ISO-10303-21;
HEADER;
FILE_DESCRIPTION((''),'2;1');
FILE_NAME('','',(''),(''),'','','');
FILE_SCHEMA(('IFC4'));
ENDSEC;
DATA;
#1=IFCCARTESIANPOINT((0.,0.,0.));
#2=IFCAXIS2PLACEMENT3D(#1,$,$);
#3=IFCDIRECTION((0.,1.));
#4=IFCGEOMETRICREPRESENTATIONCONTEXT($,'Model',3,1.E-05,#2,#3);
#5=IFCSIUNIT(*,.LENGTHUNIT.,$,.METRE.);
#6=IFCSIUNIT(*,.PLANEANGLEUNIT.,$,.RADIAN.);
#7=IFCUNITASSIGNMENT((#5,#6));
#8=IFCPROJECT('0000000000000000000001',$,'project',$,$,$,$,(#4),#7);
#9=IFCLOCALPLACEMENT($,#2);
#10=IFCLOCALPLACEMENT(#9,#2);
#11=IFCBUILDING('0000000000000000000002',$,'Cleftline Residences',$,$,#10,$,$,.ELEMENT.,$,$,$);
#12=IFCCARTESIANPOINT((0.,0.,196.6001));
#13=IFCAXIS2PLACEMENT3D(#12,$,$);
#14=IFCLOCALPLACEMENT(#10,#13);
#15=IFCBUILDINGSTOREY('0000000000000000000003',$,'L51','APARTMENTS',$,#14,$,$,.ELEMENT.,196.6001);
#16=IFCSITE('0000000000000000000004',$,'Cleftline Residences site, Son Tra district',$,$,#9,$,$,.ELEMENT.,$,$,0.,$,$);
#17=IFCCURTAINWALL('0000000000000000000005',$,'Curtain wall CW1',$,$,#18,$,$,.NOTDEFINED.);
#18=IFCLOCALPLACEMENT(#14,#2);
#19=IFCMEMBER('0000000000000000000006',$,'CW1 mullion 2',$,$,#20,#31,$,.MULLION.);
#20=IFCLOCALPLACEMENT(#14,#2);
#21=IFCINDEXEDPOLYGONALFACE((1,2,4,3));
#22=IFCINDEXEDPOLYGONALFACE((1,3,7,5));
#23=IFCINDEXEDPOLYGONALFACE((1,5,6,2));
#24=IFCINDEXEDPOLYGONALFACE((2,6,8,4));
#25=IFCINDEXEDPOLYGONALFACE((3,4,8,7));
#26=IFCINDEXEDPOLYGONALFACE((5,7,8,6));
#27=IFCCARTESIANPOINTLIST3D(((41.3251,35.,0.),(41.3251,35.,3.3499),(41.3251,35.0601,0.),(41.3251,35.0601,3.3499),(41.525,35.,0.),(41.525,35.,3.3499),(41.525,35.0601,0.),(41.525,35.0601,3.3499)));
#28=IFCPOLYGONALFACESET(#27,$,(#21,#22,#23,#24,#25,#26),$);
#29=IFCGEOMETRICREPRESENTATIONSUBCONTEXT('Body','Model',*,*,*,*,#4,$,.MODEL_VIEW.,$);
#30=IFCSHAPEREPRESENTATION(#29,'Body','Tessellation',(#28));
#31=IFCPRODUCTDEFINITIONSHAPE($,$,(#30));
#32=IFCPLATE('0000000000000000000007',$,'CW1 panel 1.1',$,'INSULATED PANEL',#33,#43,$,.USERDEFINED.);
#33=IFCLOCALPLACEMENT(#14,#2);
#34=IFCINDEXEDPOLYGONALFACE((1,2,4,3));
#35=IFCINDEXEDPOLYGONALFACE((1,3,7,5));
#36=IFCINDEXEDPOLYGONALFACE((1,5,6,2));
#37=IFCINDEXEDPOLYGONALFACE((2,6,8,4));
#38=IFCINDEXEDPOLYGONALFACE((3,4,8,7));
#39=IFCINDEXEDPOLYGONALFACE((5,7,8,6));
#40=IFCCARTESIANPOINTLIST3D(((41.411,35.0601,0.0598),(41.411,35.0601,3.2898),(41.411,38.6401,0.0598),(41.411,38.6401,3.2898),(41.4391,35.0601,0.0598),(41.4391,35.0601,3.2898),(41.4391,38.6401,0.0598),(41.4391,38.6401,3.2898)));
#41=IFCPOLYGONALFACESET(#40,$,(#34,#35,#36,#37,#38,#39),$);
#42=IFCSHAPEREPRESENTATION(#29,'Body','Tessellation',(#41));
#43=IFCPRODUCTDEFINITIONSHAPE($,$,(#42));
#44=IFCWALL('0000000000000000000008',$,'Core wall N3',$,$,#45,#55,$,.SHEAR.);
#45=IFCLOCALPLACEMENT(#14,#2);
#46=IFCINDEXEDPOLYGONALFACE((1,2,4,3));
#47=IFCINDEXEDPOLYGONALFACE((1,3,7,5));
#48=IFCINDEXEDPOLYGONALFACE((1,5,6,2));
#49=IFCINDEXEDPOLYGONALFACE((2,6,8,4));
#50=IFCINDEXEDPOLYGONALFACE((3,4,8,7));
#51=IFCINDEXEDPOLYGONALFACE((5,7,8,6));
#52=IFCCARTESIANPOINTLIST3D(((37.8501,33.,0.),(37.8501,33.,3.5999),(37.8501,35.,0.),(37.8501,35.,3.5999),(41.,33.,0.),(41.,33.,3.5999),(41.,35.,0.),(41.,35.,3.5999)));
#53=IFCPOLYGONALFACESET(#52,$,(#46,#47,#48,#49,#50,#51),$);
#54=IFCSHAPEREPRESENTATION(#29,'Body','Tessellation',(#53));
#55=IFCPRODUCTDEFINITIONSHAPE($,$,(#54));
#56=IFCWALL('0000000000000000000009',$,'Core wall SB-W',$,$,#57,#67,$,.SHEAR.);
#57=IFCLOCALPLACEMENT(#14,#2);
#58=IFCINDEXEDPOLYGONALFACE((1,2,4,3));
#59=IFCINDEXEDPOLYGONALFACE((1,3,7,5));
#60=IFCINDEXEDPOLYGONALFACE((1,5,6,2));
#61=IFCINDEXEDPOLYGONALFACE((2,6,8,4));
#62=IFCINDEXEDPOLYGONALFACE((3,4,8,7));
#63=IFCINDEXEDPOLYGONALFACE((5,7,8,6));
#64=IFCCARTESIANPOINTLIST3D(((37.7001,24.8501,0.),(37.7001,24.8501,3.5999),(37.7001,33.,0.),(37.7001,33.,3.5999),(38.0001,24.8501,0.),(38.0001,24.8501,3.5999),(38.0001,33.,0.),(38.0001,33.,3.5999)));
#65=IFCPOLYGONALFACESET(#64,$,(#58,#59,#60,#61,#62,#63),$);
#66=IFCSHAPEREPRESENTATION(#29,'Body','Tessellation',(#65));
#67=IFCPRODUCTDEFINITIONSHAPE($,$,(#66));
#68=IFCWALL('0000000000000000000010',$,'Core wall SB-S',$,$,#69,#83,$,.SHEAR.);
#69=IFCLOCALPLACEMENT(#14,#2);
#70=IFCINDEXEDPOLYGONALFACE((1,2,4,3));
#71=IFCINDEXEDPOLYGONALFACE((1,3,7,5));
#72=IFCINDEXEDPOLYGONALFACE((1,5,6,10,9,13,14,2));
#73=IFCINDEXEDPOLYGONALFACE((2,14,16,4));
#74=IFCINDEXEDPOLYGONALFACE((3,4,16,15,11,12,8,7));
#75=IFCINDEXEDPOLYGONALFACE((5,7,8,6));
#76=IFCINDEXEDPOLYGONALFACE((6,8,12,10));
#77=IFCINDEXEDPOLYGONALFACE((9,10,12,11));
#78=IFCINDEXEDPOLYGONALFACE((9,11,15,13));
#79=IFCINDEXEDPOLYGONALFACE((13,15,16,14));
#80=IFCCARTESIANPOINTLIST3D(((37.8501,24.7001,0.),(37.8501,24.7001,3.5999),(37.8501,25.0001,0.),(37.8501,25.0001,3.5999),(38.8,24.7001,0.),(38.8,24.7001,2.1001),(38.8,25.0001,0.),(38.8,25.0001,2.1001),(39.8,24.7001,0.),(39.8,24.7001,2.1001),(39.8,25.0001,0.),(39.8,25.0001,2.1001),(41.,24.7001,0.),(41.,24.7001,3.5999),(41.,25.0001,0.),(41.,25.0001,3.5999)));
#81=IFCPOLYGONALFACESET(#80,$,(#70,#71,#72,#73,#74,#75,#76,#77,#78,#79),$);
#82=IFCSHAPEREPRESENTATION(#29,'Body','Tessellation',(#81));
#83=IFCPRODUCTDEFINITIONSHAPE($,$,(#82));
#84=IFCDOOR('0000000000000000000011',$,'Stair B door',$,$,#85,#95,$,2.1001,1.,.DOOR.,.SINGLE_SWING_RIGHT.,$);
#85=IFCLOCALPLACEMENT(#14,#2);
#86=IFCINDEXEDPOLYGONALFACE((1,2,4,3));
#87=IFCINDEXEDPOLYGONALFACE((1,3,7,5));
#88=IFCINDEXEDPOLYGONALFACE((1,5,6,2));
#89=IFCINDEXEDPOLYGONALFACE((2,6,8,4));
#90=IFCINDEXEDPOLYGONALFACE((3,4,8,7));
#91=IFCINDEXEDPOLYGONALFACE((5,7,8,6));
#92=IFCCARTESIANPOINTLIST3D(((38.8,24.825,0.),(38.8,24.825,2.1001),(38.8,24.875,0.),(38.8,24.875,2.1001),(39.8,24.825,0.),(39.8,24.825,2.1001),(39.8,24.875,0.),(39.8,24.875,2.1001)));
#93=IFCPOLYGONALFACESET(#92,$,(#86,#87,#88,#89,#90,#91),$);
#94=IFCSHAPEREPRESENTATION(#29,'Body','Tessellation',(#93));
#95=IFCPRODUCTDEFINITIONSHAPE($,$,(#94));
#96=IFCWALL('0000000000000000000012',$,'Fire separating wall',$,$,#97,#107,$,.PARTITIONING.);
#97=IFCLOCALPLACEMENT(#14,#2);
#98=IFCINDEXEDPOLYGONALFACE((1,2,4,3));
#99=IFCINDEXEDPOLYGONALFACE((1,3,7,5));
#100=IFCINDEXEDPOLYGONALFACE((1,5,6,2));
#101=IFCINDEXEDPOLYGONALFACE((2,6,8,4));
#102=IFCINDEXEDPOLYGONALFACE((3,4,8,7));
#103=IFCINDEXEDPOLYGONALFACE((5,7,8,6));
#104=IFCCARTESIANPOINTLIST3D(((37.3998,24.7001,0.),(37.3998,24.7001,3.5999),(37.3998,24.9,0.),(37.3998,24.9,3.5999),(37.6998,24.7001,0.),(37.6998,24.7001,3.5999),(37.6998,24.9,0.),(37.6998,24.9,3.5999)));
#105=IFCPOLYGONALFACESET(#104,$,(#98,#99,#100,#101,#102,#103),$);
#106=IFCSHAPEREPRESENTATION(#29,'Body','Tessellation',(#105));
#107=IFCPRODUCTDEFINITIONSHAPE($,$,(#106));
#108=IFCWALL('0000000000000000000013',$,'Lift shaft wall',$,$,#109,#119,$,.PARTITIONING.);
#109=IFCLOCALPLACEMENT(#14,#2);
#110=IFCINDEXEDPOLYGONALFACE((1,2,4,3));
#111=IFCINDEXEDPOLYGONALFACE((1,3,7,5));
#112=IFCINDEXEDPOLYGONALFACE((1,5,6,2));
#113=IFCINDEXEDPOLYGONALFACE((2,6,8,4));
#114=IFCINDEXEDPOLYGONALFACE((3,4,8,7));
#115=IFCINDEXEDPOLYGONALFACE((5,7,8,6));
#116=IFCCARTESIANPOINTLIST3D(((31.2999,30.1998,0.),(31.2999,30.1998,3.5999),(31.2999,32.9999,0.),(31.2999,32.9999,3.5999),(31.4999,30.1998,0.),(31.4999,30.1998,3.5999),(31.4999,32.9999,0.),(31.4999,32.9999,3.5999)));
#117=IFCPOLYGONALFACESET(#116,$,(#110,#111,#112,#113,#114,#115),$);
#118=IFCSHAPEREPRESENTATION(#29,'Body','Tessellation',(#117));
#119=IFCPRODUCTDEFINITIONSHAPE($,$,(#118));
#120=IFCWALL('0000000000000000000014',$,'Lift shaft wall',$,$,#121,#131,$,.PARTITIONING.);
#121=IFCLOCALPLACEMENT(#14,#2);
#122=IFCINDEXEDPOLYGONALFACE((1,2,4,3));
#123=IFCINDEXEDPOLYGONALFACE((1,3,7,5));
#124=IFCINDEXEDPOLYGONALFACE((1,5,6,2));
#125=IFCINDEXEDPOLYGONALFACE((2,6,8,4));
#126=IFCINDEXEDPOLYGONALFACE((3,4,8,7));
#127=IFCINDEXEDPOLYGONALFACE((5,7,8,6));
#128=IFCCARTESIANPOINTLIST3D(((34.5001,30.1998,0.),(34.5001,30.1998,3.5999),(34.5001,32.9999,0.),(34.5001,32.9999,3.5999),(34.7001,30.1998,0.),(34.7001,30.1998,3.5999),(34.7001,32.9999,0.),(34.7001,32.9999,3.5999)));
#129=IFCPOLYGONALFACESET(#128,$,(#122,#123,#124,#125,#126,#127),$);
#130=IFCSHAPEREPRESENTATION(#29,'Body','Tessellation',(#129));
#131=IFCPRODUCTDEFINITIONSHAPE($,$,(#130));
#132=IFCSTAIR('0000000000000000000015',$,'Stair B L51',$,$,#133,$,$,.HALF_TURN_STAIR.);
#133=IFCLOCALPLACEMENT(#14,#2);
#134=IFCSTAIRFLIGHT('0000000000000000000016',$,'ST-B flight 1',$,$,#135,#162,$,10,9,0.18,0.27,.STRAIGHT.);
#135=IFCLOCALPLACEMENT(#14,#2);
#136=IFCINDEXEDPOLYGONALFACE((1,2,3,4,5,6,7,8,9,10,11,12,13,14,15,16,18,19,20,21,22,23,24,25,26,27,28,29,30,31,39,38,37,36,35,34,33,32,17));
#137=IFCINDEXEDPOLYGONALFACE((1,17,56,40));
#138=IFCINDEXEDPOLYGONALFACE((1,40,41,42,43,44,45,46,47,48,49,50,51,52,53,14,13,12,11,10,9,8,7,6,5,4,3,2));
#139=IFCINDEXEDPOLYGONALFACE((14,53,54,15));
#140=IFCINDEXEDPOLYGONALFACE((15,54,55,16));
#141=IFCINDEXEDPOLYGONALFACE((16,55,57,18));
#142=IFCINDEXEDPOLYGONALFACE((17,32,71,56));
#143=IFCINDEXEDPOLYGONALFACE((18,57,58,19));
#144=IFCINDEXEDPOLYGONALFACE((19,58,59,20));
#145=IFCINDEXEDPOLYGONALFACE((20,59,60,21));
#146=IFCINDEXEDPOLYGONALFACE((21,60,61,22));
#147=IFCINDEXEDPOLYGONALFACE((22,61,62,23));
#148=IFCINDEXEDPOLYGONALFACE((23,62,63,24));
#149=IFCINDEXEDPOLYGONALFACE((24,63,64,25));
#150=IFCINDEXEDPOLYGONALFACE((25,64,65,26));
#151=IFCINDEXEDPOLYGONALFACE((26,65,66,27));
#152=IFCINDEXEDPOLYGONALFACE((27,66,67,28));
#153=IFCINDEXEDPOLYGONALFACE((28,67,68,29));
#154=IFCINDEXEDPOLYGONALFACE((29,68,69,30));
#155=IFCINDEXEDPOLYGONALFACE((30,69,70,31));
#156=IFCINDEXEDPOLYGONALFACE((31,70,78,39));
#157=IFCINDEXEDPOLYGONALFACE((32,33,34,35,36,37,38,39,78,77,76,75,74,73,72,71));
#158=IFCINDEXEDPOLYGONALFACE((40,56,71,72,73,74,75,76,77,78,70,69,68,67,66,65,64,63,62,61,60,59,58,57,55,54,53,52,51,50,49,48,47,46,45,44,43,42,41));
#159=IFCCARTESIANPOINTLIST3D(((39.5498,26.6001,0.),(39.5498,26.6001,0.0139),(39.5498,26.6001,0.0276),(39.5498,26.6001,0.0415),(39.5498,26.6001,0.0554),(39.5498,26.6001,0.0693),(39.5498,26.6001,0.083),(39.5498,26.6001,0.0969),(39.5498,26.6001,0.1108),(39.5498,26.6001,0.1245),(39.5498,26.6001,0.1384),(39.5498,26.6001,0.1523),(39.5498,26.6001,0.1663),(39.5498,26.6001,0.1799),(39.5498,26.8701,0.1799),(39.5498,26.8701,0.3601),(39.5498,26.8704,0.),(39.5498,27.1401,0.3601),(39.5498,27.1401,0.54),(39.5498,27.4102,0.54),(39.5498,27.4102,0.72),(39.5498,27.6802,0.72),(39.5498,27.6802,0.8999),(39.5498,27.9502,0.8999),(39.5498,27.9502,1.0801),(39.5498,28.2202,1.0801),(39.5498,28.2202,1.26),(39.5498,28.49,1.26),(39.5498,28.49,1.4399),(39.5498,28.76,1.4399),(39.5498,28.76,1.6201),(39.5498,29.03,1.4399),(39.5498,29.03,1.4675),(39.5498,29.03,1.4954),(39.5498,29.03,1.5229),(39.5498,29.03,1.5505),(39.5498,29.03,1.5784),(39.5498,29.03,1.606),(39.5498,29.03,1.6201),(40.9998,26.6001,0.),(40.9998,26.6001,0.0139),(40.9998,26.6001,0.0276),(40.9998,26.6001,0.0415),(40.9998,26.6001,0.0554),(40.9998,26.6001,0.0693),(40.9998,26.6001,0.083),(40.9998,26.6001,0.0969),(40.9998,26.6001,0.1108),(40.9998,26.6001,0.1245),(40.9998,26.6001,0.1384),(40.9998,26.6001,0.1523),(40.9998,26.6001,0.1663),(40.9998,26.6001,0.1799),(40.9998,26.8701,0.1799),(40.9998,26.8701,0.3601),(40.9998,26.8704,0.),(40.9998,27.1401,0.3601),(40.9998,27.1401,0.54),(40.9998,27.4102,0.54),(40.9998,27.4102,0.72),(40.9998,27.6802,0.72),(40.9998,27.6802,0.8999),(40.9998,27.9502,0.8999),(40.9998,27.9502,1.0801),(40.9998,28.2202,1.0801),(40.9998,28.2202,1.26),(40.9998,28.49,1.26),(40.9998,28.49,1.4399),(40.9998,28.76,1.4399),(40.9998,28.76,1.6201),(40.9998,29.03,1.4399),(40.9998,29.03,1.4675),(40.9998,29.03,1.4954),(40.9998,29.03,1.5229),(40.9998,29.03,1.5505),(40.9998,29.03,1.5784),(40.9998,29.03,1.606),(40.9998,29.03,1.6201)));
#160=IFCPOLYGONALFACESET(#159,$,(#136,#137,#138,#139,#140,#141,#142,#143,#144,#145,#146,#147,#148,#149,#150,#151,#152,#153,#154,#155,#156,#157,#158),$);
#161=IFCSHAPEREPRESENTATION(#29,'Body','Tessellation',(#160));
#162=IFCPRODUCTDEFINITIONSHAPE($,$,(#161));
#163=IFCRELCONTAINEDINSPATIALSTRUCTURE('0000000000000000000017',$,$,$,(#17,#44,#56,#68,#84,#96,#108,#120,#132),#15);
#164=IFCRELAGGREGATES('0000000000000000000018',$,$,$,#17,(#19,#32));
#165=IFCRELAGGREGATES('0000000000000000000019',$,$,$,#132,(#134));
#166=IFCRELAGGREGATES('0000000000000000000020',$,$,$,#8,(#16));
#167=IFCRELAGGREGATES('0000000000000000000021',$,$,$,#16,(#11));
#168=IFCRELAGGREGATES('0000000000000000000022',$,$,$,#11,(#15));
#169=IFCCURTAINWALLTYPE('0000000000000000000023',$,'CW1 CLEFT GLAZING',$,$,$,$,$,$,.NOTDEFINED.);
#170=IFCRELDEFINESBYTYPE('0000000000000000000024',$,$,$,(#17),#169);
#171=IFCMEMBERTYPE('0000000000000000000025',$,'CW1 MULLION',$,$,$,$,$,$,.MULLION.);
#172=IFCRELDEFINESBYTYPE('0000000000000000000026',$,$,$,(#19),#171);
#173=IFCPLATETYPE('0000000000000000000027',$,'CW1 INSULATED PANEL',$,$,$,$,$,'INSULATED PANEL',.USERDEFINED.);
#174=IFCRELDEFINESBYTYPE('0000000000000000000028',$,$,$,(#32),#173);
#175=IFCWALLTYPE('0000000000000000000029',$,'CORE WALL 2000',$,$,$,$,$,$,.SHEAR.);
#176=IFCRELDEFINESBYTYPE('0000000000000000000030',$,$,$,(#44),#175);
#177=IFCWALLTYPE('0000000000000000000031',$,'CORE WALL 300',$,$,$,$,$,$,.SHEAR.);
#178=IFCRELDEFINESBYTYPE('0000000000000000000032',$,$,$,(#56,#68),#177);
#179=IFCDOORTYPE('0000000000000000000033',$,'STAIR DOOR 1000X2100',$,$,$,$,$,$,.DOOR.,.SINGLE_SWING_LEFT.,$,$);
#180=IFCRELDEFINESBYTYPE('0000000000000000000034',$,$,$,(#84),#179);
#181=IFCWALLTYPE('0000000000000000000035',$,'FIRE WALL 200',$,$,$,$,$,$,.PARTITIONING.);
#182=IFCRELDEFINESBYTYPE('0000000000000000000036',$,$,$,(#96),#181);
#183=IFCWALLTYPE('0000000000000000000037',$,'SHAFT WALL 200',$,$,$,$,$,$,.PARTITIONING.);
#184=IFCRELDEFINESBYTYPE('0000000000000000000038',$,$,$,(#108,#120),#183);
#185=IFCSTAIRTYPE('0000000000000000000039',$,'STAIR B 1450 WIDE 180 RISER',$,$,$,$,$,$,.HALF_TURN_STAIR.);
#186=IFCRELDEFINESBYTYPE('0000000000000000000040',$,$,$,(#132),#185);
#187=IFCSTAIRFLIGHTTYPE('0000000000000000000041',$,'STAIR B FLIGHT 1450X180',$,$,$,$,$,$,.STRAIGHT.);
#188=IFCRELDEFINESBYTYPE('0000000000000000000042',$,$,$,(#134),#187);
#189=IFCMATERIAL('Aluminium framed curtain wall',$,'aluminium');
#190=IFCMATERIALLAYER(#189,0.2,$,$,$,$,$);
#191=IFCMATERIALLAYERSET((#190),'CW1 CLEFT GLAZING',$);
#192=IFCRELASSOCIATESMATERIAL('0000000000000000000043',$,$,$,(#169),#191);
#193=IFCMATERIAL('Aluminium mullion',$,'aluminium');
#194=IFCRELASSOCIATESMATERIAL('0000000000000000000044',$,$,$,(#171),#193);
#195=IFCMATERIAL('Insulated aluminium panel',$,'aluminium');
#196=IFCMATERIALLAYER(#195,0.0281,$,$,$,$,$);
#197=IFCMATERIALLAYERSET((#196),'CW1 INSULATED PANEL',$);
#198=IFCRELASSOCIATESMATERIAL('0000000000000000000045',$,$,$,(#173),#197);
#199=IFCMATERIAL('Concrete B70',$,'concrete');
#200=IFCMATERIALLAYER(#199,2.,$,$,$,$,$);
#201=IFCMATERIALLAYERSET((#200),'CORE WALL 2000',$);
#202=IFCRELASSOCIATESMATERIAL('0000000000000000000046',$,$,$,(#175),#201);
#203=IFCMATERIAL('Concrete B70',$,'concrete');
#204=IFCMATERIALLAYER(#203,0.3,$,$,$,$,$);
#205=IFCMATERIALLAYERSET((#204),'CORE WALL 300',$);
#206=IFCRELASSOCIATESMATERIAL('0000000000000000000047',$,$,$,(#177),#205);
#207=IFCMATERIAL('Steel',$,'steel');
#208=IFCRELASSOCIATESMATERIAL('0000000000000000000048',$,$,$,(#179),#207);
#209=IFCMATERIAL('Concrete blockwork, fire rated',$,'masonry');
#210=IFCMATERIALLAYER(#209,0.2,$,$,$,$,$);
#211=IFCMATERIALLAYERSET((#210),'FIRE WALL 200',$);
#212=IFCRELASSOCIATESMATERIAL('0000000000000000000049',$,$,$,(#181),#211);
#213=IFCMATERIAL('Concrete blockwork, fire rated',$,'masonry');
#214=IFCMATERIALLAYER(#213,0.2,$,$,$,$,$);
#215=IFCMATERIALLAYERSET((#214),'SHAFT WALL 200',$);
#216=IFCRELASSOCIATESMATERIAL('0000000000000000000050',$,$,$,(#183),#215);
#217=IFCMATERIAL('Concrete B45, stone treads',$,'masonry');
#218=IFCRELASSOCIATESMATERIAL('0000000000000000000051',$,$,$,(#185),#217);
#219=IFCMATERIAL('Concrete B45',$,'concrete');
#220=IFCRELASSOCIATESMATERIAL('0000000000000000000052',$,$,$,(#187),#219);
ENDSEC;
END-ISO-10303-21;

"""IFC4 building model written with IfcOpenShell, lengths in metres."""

from ifc_helpers import new_model, si_unit, direction, frame, frame_2d, origin, origin_2d, place, context, subcontext, project, spatial, polyline, rectangle, outline, extrude, material, layer, layer_set, material_profile, profile_set, type_object, element, fill, aggregate, save


model = new_model("IFC4")

# Units and contexts
model_context = context("Model", 3, precision=1e-05, world=origin(), true_north=direction((0.0, 1.0)))
body_context = subcontext(model_context, "Body", "Model", "MODEL_VIEW")
ifc_project = project(units=[si_unit("LENGTHUNIT", "METRE"), si_unit("PLANEANGLEUNIT", "RADIAN")], contexts=[model_context])

# Site, building, storey
site_placement = place(None, origin())
site = spatial("IfcSite", under=ifc_project, at=site_placement, Name="Cleftline Residences site, Son Tra district", CompositionType="ELEMENT", RefElevation=0.0)
building_placement = place(site_placement, origin())
building = spatial("IfcBuilding", under=site, at=building_placement, Name="Cleftline Residences", CompositionType="ELEMENT")
storey_placement = place(building_placement, frame((0.0, 0.0, 196.6001)))
storey = spatial("IfcBuildingStorey", under=building, at=storey_placement, Name="L51", Description="APARTMENTS", CompositionType="ELEMENT", Elevation=196.6001)

# Curtain wall, member, plate
ifc_material_1 = material(Name="Aluminium framed curtain wall", Category="aluminium")
ifc_layer_1 = layer(ifc_material_1, 0.2)
ifc_layer_set_1 = layer_set([ifc_layer_1], Name="CW1 CLEFT GLAZING")
curtain_wall_type = type_object("IfcCurtainWallType", Name="CW1 CLEFT GLAZING", PredefinedType="NOTDEFINED", material=ifc_layer_set_1)
curtain_wall_placement = place(storey_placement, origin())
curtain_wall = element("IfcCurtainWall", 1, at=curtain_wall_placement, inside=storey, type_object=curtain_wall_type, Name="Curtain wall CW1", PredefinedType="NOTDEFINED")
ifc_material_2 = material(Name="Aluminium mullion", Category="aluminium")
ifc_material_profile = material_profile(ifc_material_2, rectangle(XDim=0.2, YDim=0.0601, at=origin_2d()))
ifc_profile_set = profile_set([ifc_material_profile], Name="Aluminium mullion")
member_type = type_object("IfcMemberType", Name="CW1 MULLION", PredefinedType="MULLION", material=ifc_profile_set)
member_placement = place(storey_placement, frame((41.425, 35.03, 0.0), z_axis=(0.0, 0.0, 1.0), x_axis=(1.0, 0.0, 0.0)))
member = element("IfcMember", 2, at=member_placement, type_object=member_type, Name="CW1 mullion 2", PredefinedType="MULLION", context=body_context, shape_type="SweptSolid", body=[
    extrude(rectangle(XDim=0.2, YDim=0.0601, at=origin_2d()), origin(), (0.0, 0.0, 1.0), 3.3499),
])
ifc_material_3 = material(Name="Insulated aluminium panel", Category="aluminium")
ifc_layer_2 = layer(ifc_material_3, 0.0281)
ifc_layer_set_2 = layer_set([ifc_layer_2], Name="CW1 INSULATED PANEL")
plate_type = type_object("IfcPlateType", Name="CW1 INSULATED PANEL", ElementType="INSULATED PANEL", PredefinedType="USERDEFINED", material=ifc_layer_set_2)
plate_placement = place(storey_placement, frame((41.425, 36.8501, 0.0598), z_axis=(0.0, 0.0, 1.0), x_axis=(0.0, -1.0, 0.0)))
plate = element("IfcPlate", 3, at=plate_placement, type_object=plate_type, Name="CW1 panel 1.1", ObjectType="INSULATED PANEL", PredefinedType="USERDEFINED", context=body_context, shape_type="SweptSolid", body=[
    extrude(rectangle(XDim=3.5801, YDim=0.0281, at=origin_2d()), origin(), (0.0, 0.0, 1.0), 3.23),
])
aggregate(curtain_wall, [member, plate])

# Walls
ifc_material_4 = material(Name="Concrete B70", Category="concrete")
ifc_layer_3 = layer(ifc_material_4, 2.0)
ifc_layer_set_3 = layer_set([ifc_layer_3], Name="CORE WALL 2000")
wall_type_1 = type_object("IfcWallType", Name="CORE WALL 2000", PredefinedType="SHEAR", material=ifc_layer_set_3)
wall_1_placement = place(storey_placement, frame((37.8501, 34.0, 0.0), z_axis=(0.0, 0.0, 1.0), x_axis=(1.0, 0.0, 0.0)))
element("IfcWall", 4, at=wall_1_placement, inside=storey, type_object=wall_type_1, Name="Core wall N3", PredefinedType="SHEAR", context=body_context, shape_type="SweptSolid", body=[
    extrude(rectangle(XDim=3.1499, YDim=2.0, at=frame_2d((1.575, 0.0))), origin(), (0.0, 0.0, 1.0), 3.5999),
])
ifc_material_5 = material(Name="Concrete B70", Category="concrete")
ifc_layer_4 = layer(ifc_material_5, 0.3)
ifc_layer_set_4 = layer_set([ifc_layer_4], Name="CORE WALL 300")
wall_type_2 = type_object("IfcWallType", Name="CORE WALL 300", PredefinedType="SHEAR", material=ifc_layer_set_4)
wall_2_placement = place(storey_placement, frame((37.8501, 24.8501, 0.0), z_axis=(0.0, 0.0, 1.0), x_axis=(0.0, 1.0, 0.0)))
element("IfcWall", 5, at=wall_2_placement, inside=storey, type_object=wall_type_2, Name="Core wall SB-W", PredefinedType="SHEAR", context=body_context, shape_type="SweptSolid", body=[
    extrude(rectangle(XDim=8.1499, YDim=0.3, at=frame_2d((4.075, 0.0))), origin(), (0.0, 0.0, 1.0), 3.5999),
])

# Wall, opening, door
wall_3_placement = place(storey_placement, frame((37.8501, 24.8501, 0.0), z_axis=(0.0, 0.0, 1.0), x_axis=(1.0, 0.0, 0.0)))
wall_3 = element("IfcWall", 6, at=wall_3_placement, inside=storey, type_object=wall_type_2, Name="Core wall SB-S", PredefinedType="SHEAR", context=body_context, shape_type="SweptSolid", body=[
    extrude(rectangle(XDim=3.1499, YDim=0.3, at=frame_2d((1.575, 0.0))), origin(), (0.0, 0.0, 1.0), 3.5999),
])
opening_placement = place(wall_3_placement, frame((0.95, 0.0, 0.0)))
opening = element("IfcOpeningElement", 7, at=opening_placement, cuts=wall_3, PredefinedType="OPENING", context=body_context, shape_type="SweptSolid", body=[
    extrude(rectangle(XDim=1.0, YDim=2.1001, at=frame_2d((0.5, 1.05))), frame((0.0, 0.1599, 0.0), z_axis=(0.0, -1.0, 0.0), x_axis=(1.0, 0.0, 0.0)), (0.0, 0.0, 1.0), 0.3201),
])
ifc_material_6 = material(Name="Steel", Category="steel")
door_type = type_object("IfcDoorType", Name="STAIR DOOR 1000X2100", OperationType="SINGLE_SWING_LEFT", PredefinedType="DOOR", material=ifc_material_6)
door_placement = place(opening_placement, origin())
door = element("IfcDoor", 8, at=door_placement, inside=storey, type_object=door_type, Name="Stair B door", OperationType="SINGLE_SWING_RIGHT", OverallHeight=2.1001, OverallWidth=1.0, PredefinedType="DOOR", context=body_context, shape_type="SweptSolid", body=[
    extrude(rectangle(XDim=1.0, YDim=2.1001, at=frame_2d((0.5, 1.05))), frame((0.0, 0.0249, 0.0), z_axis=(0.0, -1.0, 0.0), x_axis=(1.0, 0.0, 0.0)), (0.0, 0.0, 1.0), 0.05),
])
fill(opening, door)

# Walls
ifc_material_7 = material(Name="Concrete blockwork, fire rated", Category="masonry")
ifc_layer_5 = layer(ifc_material_7, 0.2)
ifc_layer_set_5 = layer_set([ifc_layer_5], Name="FIRE WALL 200")
wall_type_3 = type_object("IfcWallType", Name="FIRE WALL 200", PredefinedType="PARTITIONING", material=ifc_layer_set_5)
wall_4_placement = place(storey_placement, frame((37.3999, 24.8, 0.0), z_axis=(0.0, 0.0, 1.0), x_axis=(1.0, 0.0, 0.0)))
element("IfcWall", 9, at=wall_4_placement, inside=storey, type_object=wall_type_3, Name="Fire separating wall", PredefinedType="PARTITIONING", context=body_context, shape_type="SweptSolid", body=[
    extrude(rectangle(XDim=0.3, YDim=0.2, at=frame_2d((0.1499, 0.0))), origin(), (0.0, 0.0, 1.0), 3.5999),
])
ifc_material_8 = material(Name="Concrete blockwork, fire rated", Category="masonry")
ifc_layer_6 = layer(ifc_material_8, 0.2)
ifc_layer_set_6 = layer_set([ifc_layer_6], Name="SHAFT WALL 200")
wall_type_4 = type_object("IfcWallType", Name="SHAFT WALL 200", PredefinedType="PARTITIONING", material=ifc_layer_set_6)
for number, where, z_axis, x_axis, name in (
    (10, (31.3999, 30.2, 0.0), (0.0, 0.0, 1.0), (0.0, 1.0, 0.0), "Lift shaft wall"),
    (11, (34.6001, 30.2, 0.0), (0.0, 0.0, 1.0), (0.0, 1.0, 0.0), "Lift shaft wall"),
):
    element("IfcWall", number, at=place(storey_placement, frame(where, z_axis=z_axis, x_axis=x_axis)), inside=storey, type_object=wall_type_4, Name=name, PredefinedType="PARTITIONING", context=body_context, shape_type="SweptSolid", body=[
        extrude(rectangle(XDim=2.8, YDim=0.2, at=frame_2d((1.3999, 0.0))), origin(), (0.0, 0.0, 1.0), 3.5999),
    ])

# Stair, stair flight
ifc_material_9 = material(Name="Concrete B45, stone treads", Category="masonry")
stair_type = type_object("IfcStairType", Name="STAIR B 1450 WIDE 180 RISER", PredefinedType="HALF_TURN_STAIR", material=ifc_material_9)
stair_placement = place(storey_placement, origin())
stair = element("IfcStair", 12, at=stair_placement, inside=storey, type_object=stair_type, Name="Stair B L51", PredefinedType="HALF_TURN_STAIR")
ifc_material_10 = material(Name="Concrete B45", Category="concrete")
stair_flight_type = type_object("IfcStairFlightType", Name="STAIR B FLIGHT 1450X180", PredefinedType="STRAIGHT", material=ifc_material_10)
stair_flight_1_placement = place(storey_placement, frame((40.2749, 26.6001, 0.0), z_axis=(0.0, 0.0, 1.0), x_axis=(0.0, 1.0, 0.0)))
stair_flight_1 = element("IfcStairFlight", 13, at=stair_flight_1_placement, type_object=stair_flight_type, Name="ST-B flight 1", NumberOfRisers=10, NumberOfTreads=9, PredefinedType="STRAIGHT", RiserHeight=0.18, TreadLength=0.27, context=body_context, shape_type="SweptSolid", body=[
    extrude(outline(polyline([(0.0, 0.0), (0.0, 0.0139), (0.0, 0.0276), (0.0, 0.0415), (0.0, 0.0554), (0.0, 0.0693), (0.0, 0.083), (0.0, 0.0969), (0.0, 0.1108), (0.0, 0.1245), (0.0, 0.1384), (0.0, 0.1523), (0.0, 0.1663), (0.0, 0.1799), (0.27, 0.1799), (0.27, 0.3601), (0.54, 0.3601), (0.54, 0.54), (0.8101, 0.54), (0.8101, 0.72), (1.0801, 0.72), (1.0801, 0.8999), (1.3501, 0.8999), (1.3501, 1.0801), (1.6201, 1.0801), (1.6201, 1.26), (1.8899, 1.26), (1.8899, 1.4399), (2.1599, 1.4399), (2.1599, 1.6201), (2.4299, 1.6201), (2.4299, 1.8), (2.4299, 1.7722), (2.4299, 1.7446), (2.4299, 1.7168), (2.4299, 1.6892), (2.4299, 1.6614), (2.4299, 1.6338), (2.4299, 1.606), (2.4299, 1.5784), (2.4299, 1.5505), (2.4299, 1.5229), (2.4299, 1.4954), (2.4299, 1.4675), (2.4299, 1.4399), (0.2703, 0.0), (0.0, 0.0)])), frame((0.0, 0.7251, 0.0), z_axis=(0.0, -1.0, 0.0), x_axis=(1.0, 0.0, 0.0)), (0.0, 0.0, 1.0), 1.45),
])
aggregate(stair, [stair_flight_1])

save(model, "model.ifc")
